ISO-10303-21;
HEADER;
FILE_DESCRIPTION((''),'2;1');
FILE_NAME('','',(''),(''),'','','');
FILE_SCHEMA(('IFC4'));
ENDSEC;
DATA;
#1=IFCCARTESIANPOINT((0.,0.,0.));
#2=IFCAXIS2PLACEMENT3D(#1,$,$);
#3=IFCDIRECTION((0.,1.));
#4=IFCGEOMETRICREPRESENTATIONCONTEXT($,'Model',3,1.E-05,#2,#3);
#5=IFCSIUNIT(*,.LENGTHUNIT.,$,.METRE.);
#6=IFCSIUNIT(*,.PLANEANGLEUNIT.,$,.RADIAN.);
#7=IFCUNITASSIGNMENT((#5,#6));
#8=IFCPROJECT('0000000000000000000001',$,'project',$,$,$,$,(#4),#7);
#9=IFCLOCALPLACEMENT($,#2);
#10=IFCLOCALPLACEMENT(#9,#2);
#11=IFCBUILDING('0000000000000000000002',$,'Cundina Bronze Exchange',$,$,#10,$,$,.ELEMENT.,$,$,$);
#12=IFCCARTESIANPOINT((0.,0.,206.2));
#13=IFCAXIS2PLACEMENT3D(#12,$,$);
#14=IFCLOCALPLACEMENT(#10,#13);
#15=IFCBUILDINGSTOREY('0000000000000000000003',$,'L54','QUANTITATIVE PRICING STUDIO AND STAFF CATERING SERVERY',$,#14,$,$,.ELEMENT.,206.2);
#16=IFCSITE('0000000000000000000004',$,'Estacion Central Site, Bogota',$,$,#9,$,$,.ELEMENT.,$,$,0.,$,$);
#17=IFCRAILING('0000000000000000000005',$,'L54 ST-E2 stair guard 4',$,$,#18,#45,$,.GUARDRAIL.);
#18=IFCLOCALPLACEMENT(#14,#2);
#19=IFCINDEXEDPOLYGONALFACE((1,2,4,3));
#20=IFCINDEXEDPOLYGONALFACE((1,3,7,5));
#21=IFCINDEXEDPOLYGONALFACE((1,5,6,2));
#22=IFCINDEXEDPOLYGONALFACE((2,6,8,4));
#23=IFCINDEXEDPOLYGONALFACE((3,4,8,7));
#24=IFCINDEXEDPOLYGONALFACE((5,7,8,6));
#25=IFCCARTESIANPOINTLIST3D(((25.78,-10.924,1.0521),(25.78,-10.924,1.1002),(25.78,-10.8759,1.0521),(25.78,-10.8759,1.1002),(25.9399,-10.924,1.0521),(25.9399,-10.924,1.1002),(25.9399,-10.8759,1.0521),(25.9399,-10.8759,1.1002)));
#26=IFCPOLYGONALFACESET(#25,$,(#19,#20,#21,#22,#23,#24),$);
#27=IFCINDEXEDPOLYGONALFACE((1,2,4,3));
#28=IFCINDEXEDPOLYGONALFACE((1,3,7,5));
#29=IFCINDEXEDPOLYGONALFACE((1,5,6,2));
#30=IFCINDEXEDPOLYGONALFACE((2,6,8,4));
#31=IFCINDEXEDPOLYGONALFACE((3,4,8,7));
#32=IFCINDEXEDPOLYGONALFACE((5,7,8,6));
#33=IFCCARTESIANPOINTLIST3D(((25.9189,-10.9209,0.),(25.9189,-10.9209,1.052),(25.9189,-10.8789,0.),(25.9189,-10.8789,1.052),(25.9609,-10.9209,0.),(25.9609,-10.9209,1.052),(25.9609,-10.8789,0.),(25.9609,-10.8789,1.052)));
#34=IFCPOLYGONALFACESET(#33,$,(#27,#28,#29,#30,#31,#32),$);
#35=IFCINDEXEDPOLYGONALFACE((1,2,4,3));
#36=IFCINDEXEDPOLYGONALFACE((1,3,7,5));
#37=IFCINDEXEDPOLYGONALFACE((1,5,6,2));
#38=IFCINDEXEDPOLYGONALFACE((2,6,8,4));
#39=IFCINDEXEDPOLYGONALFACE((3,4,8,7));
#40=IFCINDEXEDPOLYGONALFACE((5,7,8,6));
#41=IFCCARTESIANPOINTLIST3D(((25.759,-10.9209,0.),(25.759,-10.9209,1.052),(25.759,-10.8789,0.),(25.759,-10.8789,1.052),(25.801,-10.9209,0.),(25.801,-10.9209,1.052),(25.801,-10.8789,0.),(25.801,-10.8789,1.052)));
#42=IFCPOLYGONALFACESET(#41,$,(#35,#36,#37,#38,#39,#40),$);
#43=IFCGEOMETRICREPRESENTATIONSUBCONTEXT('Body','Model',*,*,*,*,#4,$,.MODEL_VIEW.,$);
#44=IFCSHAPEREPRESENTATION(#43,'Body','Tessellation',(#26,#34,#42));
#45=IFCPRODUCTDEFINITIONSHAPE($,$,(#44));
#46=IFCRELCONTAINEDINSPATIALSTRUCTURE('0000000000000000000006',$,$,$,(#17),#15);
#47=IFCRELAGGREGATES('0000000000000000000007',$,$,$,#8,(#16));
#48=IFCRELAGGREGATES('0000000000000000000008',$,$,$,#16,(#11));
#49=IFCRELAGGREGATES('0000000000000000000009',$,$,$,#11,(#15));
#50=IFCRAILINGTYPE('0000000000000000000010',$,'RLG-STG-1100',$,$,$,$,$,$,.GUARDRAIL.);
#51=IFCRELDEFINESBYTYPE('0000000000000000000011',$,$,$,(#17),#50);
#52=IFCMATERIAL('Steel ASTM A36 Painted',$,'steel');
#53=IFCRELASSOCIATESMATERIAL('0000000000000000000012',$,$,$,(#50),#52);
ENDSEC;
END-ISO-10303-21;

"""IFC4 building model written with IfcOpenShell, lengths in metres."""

from ifc_helpers import new_model, si_unit, direction, frame, origin, origin_2d, place, context, subcontext, project, spatial, rectangle, extrude, material, type_object, element, save


model = new_model("IFC4")

# Units and contexts
model_context = context("Model", 3, precision=1e-05, world=origin(), true_north=direction((0.0, 1.0)))
body_context = subcontext(model_context, "Body", "Model", "MODEL_VIEW")
ifc_project = project(units=[si_unit("LENGTHUNIT", "METRE"), si_unit("PLANEANGLEUNIT", "RADIAN")], contexts=[model_context])

# Site, building, storey
site_placement = place(None, origin())
site = spatial("IfcSite", under=ifc_project, at=site_placement, Name="Estacion Central Site, Bogota", CompositionType="ELEMENT", RefElevation=0.0)
building_placement = place(site_placement, origin())
building = spatial("IfcBuilding", under=site, at=building_placement, Name="Cundina Bronze Exchange", CompositionType="ELEMENT")
storey_placement = place(building_placement, frame((0.0, 0.0, 206.2)))
storey = spatial("IfcBuildingStorey", under=building, at=storey_placement, Name="L54", Description="QUANTITATIVE PRICING STUDIO AND STAFF CATERING SERVERY", CompositionType="ELEMENT", Elevation=206.2)

# Shared definitions
ifc_material_1 = material(Name="Steel ASTM A36 Painted", Category="steel")

# Railing
railing_type_1 = type_object("IfcRailingType", Name="RLG-STG-1100", PredefinedType="GUARDRAIL", material=ifc_material_1)
railing_1_placement = place(storey_placement, frame((25.9399, -10.8999, 0.0)))
element("IfcRailing", 1, at=railing_1_placement, inside=storey, type_object=railing_type_1, Name="L54 ST-E2 stair guard 4", PredefinedType="GUARDRAIL", context=body_context, shape_type="SweptSolid", body=[
    extrude(rectangle(XDim=0.0481, YDim=0.0481, at=origin_2d()), frame((0.0, 0.0, 1.0762), z_axis=(-1.0, 0.0, 0.0), x_axis=(0.0, -1.0, 0.0)), (0.0, 0.0, 1.0), 0.1599),
    extrude(rectangle(XDim=0.042, YDim=0.042, at=origin_2d()), origin(), (0.0, 0.0, 1.0), 1.052),
    extrude(rectangle(XDim=0.042, YDim=0.042, at=origin_2d()), frame((-0.1599, 0.0, 0.0)), (0.0, 0.0, 1.0), 1.052),
])

save(model, "model.ifc")
